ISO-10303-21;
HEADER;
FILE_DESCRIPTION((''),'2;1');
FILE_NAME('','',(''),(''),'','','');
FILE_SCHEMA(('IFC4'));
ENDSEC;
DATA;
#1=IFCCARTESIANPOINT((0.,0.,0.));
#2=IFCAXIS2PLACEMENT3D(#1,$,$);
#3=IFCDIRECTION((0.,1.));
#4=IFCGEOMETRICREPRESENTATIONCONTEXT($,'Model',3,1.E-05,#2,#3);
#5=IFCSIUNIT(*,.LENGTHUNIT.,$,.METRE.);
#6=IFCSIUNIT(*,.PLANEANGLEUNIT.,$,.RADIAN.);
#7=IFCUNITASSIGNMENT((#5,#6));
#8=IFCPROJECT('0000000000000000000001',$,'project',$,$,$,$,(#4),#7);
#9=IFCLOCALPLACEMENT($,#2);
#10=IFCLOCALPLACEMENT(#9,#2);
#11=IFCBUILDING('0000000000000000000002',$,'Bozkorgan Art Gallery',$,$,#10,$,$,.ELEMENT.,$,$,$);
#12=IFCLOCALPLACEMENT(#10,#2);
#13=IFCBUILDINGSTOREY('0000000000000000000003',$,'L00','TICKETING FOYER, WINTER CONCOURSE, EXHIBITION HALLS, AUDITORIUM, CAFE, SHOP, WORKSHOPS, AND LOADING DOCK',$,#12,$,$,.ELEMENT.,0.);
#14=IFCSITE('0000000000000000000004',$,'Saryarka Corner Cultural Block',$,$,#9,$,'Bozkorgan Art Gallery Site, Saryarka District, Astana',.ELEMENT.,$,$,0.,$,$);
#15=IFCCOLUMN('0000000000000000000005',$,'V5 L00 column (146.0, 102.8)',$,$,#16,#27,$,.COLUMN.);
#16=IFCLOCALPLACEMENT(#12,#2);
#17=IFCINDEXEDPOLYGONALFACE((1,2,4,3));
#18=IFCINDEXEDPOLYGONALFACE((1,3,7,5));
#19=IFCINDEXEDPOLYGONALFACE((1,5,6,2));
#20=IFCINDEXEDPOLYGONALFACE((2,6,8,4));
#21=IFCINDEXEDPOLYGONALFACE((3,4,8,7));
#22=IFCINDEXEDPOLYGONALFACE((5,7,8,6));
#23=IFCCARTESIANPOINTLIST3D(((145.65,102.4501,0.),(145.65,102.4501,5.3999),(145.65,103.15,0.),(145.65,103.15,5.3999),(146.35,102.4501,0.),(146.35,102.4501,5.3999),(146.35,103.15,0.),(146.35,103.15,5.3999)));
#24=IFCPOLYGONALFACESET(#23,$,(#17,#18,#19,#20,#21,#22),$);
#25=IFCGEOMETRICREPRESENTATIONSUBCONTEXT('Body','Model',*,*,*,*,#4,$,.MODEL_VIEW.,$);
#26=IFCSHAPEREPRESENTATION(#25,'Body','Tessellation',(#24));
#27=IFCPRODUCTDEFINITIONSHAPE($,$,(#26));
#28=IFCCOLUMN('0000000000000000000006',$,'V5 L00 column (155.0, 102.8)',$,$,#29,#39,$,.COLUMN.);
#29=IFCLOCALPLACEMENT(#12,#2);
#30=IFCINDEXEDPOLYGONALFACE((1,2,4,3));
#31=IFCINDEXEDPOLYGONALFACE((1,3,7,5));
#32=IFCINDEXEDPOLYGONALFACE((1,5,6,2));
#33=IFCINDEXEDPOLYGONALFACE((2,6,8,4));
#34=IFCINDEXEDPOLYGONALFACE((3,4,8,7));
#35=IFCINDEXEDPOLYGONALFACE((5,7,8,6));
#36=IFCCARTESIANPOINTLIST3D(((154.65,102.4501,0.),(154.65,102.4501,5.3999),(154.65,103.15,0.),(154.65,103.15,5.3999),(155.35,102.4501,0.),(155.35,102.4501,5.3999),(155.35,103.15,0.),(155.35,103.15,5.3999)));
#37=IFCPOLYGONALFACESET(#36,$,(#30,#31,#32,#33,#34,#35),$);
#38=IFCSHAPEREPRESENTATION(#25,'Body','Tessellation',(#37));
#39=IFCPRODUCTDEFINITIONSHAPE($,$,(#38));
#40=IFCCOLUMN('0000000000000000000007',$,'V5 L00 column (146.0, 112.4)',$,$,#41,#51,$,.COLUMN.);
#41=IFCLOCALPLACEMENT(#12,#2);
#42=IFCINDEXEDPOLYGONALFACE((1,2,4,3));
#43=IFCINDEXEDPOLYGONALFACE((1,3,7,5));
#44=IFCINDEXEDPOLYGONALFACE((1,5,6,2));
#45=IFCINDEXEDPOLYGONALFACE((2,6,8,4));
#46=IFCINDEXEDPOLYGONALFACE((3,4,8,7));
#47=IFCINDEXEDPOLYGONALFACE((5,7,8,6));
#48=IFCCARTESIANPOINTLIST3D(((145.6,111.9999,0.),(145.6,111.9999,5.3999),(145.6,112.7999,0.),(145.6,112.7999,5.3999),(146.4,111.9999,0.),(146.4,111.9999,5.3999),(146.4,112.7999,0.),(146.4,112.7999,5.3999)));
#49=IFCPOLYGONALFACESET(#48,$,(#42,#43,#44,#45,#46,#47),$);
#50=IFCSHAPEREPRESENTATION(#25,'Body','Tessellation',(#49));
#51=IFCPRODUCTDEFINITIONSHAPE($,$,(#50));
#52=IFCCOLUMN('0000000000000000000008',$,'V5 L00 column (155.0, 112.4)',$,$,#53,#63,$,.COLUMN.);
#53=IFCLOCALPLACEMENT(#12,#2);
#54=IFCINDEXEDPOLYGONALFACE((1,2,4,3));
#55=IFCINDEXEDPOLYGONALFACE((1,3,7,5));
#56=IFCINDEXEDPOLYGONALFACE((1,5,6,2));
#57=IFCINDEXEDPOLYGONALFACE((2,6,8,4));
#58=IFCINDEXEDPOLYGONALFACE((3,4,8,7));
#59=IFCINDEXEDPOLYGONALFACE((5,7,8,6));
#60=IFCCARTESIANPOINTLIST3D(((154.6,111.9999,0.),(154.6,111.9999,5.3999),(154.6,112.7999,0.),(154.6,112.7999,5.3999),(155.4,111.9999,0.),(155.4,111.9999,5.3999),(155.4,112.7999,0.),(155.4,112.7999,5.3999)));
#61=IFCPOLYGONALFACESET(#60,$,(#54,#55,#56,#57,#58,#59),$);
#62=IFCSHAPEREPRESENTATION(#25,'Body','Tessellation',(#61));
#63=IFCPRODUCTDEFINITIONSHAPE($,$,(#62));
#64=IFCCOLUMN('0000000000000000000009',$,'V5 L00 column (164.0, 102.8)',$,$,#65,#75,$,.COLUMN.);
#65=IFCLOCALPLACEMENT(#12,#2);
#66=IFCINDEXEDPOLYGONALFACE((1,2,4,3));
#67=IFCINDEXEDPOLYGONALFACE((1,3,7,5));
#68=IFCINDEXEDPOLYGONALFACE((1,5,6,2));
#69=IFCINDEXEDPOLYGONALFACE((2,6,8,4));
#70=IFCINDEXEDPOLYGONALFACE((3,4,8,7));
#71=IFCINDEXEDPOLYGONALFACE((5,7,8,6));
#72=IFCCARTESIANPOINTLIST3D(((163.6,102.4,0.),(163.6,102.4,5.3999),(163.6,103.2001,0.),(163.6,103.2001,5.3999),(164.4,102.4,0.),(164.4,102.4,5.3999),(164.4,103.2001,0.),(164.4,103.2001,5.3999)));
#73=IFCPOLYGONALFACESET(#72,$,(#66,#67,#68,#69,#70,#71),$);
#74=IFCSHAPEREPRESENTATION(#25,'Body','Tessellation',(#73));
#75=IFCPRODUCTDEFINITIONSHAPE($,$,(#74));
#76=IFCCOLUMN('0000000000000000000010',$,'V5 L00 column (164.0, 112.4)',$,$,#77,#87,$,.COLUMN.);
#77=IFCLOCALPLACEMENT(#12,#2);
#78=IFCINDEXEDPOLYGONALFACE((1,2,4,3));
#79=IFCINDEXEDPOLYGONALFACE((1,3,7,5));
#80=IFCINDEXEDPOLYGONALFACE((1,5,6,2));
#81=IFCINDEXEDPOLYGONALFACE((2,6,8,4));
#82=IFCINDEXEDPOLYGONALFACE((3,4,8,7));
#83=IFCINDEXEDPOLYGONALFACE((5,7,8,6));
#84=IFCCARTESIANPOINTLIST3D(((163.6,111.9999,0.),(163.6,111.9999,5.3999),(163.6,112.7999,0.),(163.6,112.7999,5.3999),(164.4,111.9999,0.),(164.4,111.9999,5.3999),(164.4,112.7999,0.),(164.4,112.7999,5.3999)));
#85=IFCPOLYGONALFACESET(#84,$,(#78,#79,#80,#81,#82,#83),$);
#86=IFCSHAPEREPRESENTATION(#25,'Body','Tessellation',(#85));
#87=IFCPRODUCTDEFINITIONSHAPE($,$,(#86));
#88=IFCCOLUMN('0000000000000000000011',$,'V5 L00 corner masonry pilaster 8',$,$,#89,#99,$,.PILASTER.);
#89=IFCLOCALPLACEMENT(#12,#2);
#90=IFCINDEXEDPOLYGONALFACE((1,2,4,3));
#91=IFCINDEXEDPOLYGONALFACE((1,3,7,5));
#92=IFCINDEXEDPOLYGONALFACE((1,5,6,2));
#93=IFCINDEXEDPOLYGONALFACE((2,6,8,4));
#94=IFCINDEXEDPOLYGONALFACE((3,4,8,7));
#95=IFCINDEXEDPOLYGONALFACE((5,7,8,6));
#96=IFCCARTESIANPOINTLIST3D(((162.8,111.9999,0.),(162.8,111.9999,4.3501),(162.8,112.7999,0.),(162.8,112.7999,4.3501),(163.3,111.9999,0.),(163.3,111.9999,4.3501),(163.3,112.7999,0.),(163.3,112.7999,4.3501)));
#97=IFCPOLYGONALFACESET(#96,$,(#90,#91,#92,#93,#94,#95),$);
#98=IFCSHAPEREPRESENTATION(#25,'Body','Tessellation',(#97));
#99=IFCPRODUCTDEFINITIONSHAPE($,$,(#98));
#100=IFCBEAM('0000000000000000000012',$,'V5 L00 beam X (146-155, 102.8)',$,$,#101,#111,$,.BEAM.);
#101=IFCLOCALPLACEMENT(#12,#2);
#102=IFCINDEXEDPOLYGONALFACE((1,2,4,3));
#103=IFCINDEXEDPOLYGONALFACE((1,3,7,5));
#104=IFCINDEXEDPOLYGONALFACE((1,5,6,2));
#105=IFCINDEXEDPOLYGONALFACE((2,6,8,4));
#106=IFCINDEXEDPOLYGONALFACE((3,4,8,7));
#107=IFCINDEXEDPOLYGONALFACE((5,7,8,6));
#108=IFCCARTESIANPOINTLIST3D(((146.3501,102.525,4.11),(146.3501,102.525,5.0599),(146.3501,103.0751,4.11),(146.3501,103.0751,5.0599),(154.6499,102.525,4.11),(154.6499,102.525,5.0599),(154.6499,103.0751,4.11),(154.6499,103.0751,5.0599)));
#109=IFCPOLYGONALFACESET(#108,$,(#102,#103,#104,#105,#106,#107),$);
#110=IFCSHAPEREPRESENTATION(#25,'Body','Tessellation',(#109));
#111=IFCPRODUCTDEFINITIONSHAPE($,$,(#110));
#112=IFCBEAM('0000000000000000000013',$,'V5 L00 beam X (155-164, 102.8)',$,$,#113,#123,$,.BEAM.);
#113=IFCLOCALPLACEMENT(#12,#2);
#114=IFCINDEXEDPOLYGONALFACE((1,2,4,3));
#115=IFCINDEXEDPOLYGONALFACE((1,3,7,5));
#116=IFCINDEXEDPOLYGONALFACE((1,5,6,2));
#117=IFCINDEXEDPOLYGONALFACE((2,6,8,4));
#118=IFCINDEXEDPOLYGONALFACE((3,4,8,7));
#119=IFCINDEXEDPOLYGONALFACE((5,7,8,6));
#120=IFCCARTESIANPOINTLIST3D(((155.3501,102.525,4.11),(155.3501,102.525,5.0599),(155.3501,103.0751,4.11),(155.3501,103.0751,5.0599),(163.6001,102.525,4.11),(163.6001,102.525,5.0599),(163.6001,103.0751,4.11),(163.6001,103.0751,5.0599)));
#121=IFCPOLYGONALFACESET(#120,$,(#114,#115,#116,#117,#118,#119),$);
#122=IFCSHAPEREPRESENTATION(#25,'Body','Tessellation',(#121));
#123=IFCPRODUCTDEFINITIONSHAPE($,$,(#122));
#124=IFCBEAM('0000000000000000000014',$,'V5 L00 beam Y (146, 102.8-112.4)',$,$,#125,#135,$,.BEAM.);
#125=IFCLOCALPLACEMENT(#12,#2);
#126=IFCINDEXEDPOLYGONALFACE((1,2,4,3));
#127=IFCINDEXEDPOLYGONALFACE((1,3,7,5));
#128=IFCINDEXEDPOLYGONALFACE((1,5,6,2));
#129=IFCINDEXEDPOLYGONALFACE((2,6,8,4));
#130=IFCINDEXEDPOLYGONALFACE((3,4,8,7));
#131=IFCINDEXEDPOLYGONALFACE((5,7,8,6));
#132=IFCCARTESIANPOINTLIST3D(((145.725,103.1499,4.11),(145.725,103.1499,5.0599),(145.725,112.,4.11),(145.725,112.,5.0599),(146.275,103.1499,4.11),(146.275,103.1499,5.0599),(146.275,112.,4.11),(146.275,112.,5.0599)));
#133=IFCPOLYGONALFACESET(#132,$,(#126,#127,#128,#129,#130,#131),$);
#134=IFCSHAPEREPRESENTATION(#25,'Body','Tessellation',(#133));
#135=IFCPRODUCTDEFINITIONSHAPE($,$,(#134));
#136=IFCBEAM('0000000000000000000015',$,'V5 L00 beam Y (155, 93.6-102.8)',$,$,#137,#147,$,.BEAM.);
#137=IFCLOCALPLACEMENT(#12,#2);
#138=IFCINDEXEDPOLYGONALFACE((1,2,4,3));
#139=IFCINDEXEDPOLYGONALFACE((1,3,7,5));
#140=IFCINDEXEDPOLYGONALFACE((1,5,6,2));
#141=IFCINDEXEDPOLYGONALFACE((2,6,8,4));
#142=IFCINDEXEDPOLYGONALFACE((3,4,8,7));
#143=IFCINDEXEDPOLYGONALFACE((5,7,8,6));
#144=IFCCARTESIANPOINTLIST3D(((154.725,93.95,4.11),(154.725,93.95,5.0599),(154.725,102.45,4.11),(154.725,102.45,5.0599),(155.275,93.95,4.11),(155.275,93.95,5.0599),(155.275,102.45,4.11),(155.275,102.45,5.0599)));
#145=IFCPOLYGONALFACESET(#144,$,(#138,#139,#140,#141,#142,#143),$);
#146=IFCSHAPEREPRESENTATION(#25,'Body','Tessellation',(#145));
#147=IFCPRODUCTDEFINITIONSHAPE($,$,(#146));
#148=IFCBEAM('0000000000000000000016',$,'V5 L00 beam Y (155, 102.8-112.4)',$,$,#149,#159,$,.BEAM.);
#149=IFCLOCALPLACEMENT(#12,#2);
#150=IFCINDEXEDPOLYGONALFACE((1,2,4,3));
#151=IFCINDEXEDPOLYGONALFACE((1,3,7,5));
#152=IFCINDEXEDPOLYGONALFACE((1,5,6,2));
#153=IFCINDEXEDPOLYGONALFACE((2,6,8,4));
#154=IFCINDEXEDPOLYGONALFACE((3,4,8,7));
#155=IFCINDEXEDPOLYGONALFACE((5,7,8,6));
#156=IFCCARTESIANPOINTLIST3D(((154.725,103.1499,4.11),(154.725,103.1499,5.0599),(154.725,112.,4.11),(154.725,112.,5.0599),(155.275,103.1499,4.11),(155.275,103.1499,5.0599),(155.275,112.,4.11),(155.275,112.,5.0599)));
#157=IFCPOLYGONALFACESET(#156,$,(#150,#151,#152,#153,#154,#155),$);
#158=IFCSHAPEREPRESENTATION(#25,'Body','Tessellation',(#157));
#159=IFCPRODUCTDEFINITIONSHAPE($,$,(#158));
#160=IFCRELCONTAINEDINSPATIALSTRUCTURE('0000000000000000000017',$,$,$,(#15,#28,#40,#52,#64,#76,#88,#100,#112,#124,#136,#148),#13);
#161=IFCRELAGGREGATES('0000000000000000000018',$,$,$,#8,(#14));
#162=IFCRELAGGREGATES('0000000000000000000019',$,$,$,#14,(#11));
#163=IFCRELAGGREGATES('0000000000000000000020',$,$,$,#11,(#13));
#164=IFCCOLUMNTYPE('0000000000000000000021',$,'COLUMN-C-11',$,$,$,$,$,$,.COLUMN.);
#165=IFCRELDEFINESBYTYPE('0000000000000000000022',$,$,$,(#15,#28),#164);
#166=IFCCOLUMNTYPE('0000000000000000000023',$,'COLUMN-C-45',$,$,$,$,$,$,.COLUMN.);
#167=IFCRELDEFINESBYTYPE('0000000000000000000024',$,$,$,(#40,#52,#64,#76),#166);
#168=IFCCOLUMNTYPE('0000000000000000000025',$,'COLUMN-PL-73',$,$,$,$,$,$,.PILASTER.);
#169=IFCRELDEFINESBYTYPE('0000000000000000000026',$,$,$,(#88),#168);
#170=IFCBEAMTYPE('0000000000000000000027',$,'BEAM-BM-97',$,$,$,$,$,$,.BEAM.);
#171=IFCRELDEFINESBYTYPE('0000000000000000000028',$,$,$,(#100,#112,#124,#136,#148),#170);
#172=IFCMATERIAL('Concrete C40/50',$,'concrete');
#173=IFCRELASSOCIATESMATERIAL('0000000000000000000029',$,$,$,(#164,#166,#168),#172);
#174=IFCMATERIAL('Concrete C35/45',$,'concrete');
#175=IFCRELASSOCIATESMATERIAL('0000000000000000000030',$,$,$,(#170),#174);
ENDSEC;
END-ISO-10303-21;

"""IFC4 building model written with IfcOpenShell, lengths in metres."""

from ifc_helpers import new_model, si_unit, direction, frame, origin, origin_2d, place, context, subcontext, project, spatial, rectangle, extrude, material, material_profile, profile_set, type_object, element, save


model = new_model("IFC4")

# Units and contexts
model_context = context("Model", 3, precision=1e-05, world=origin(), true_north=direction((0.0, 1.0)))
body_context = subcontext(model_context, "Body", "Model", "MODEL_VIEW")
ifc_project = project(units=[si_unit("LENGTHUNIT", "METRE"), si_unit("PLANEANGLEUNIT", "RADIAN")], contexts=[model_context])

# Site, building, storey
site_placement = place(None, origin())
site = spatial("IfcSite", under=ifc_project, at=site_placement, Name="Saryarka Corner Cultural Block", LongName="Bozkorgan Art Gallery Site, Saryarka District, Astana", CompositionType="ELEMENT", RefElevation=0.0)
building_placement = place(site_placement, origin())
building = spatial("IfcBuilding", under=site, at=building_placement, Name="Bozkorgan Art Gallery", CompositionType="ELEMENT")
storey_placement = place(building_placement, origin())
storey = spatial("IfcBuildingStorey", under=building, at=storey_placement, Name="L00", Description="TICKETING FOYER, WINTER CONCOURSE, EXHIBITION HALLS, AUDITORIUM, CAFE, SHOP, WORKSHOPS, AND LOADING DOCK", CompositionType="ELEMENT", Elevation=0.0)

# Columns
ifc_material_1 = material(Name="Concrete C40/50", Category="concrete")
ifc_material_profile_1 = material_profile(ifc_material_1, rectangle(XDim=0.7, YDim=0.7, at=origin_2d()), Name="RC 700x700")
ifc_profile_set_1 = profile_set([ifc_material_profile_1], Name="Concrete C40/50")
column_type_1 = type_object("IfcColumnType", Name="COLUMN-C-11", PredefinedType="COLUMN", material=ifc_profile_set_1)
for number, where, z_axis, x_axis, name in (
    (1, (146.0, 102.8, 0.0), (0.0, 0.0, 1.0), (1.0, 0.0, 0.0), "V5 L00 column (146.0, 102.8)"),
    (2, (155.0, 102.8, 0.0), (0.0, 0.0, 1.0), (1.0, 0.0, 0.0), "V5 L00 column (155.0, 102.8)"),
):
    element("IfcColumn", number, at=place(storey_placement, frame(where, z_axis=z_axis, x_axis=x_axis)), inside=storey, type_object=column_type_1, Name=name, PredefinedType="COLUMN", context=body_context, shape_type="SweptSolid", body=[
        extrude(rectangle(XDim=0.7, YDim=0.7, at=origin_2d()), origin(), (0.0, 0.0, 1.0), 5.3999),
    ])
ifc_material_profile_2 = material_profile(ifc_material_1, rectangle(XDim=0.8, YDim=0.8, at=origin_2d()), Name="RC 800x800")
ifc_profile_set_2 = profile_set([ifc_material_profile_2], Name="Concrete C40/50")
column_type_2 = type_object("IfcColumnType", Name="COLUMN-C-45", PredefinedType="COLUMN", material=ifc_profile_set_2)
for number, where, z_axis, x_axis, name in (
    (3, (146.0, 112.3999, 0.0), (0.0, 0.0, 1.0), (1.0, 0.0, 0.0), "V5 L00 column (146.0, 112.4)"),
    (4, (155.0, 112.3999, 0.0), (0.0, 0.0, 1.0), (1.0, 0.0, 0.0), "V5 L00 column (155.0, 112.4)"),
    (5, (164.0, 102.8, 0.0), (0.0, 0.0, 1.0), (1.0, 0.0, 0.0), "V5 L00 column (164.0, 102.8)"),
    (6, (164.0, 112.3999, 0.0), (0.0, 0.0, 1.0), (1.0, 0.0, 0.0), "V5 L00 column (164.0, 112.4)"),
):
    element("IfcColumn", number, at=place(storey_placement, frame(where, z_axis=z_axis, x_axis=x_axis)), inside=storey, type_object=column_type_2, Name=name, PredefinedType="COLUMN", context=body_context, shape_type="SweptSolid", body=[
        extrude(rectangle(XDim=0.8, YDim=0.8, at=origin_2d()), origin(), (0.0, 0.0, 1.0), 5.3999),
    ])
ifc_material_profile_3 = material_profile(ifc_material_1, rectangle(XDim=0.5, YDim=0.8, at=origin_2d()), Name="RC 500x800")
ifc_profile_set_3 = profile_set([ifc_material_profile_3], Name="Concrete C40/50")
column_type_3 = type_object("IfcColumnType", Name="COLUMN-PL-73", PredefinedType="PILASTER", material=ifc_profile_set_3)
column_placement = place(storey_placement, frame((163.05, 112.3999, 0.0), z_axis=(0.0, 0.0, 1.0), x_axis=(1.0, 0.0, 0.0)))
element("IfcColumn", 7, at=column_placement, inside=storey, type_object=column_type_3, Name="V5 L00 corner masonry pilaster 8", PredefinedType="PILASTER", context=body_context, shape_type="SweptSolid", body=[
    extrude(rectangle(XDim=0.5, YDim=0.8, at=origin_2d()), origin(), (0.0, 0.0, 1.0), 4.3501),
])

# Beams
ifc_material_2 = material(Name="Concrete C35/45", Category="concrete")
ifc_material_profile_4 = material_profile(ifc_material_2, rectangle(XDim=0.55, YDim=0.95, at=origin_2d()), Name="RC 550x950")
ifc_profile_set_4 = profile_set([ifc_material_profile_4], Name="Concrete C35/45")
beam_type_1 = type_object("IfcBeamType", Name="BEAM-BM-97", PredefinedType="BEAM", material=ifc_profile_set_4)
beam_1_placement = place(storey_placement, frame((146.3501, 102.8, 4.585), z_axis=(1.0, 0.0, 0.0), x_axis=(0.0, 1.0, 0.0)))
element("IfcBeam", 8, at=beam_1_placement, inside=storey, type_object=beam_type_1, Name="V5 L00 beam X (146-155, 102.8)", PredefinedType="BEAM", context=body_context, shape_type="SweptSolid", body=[
    extrude(rectangle(XDim=0.55, YDim=0.95, at=origin_2d()), origin(), (0.0, 0.0, 1.0), 8.2998),
])
beam_2_placement = place(storey_placement, frame((155.3501, 102.8, 4.585), z_axis=(1.0, 0.0, 0.0), x_axis=(0.0, 1.0, 0.0)))
element("IfcBeam", 9, at=beam_2_placement, inside=storey, type_object=beam_type_1, Name="V5 L00 beam X (155-164, 102.8)", PredefinedType="BEAM", context=body_context, shape_type="SweptSolid", body=[
    extrude(rectangle(XDim=0.55, YDim=0.95, at=origin_2d()), origin(), (0.0, 0.0, 1.0), 8.25),
])
beam_3_placement = place(storey_placement, frame((146.0, 103.1499, 4.585), z_axis=(0.0, 1.0, 0.0), x_axis=(-1.0, 0.0, 0.0)))
element("IfcBeam", 10, at=beam_3_placement, inside=storey, type_object=beam_type_1, Name="V5 L00 beam Y (146, 102.8-112.4)", PredefinedType="BEAM", context=body_context, shape_type="SweptSolid", body=[
    extrude(rectangle(XDim=0.55, YDim=0.95, at=origin_2d()), origin(), (0.0, 0.0, 1.0), 8.8501),
])
beam_4_placement = place(storey_placement, frame((155.0, 93.95, 4.585), z_axis=(0.0, 1.0, 0.0), x_axis=(-1.0, 0.0, 0.0)))
element("IfcBeam", 11, at=beam_4_placement, inside=storey, type_object=beam_type_1, Name="V5 L00 beam Y (155, 93.6-102.8)", PredefinedType="BEAM", context=body_context, shape_type="SweptSolid", body=[
    extrude(rectangle(XDim=0.55, YDim=0.95, at=origin_2d()), origin(), (0.0, 0.0, 1.0), 8.5),
])
beam_5_placement = place(storey_placement, frame((155.0, 103.1499, 4.585), z_axis=(0.0, 1.0, 0.0), x_axis=(-1.0, 0.0, 0.0)))
element("IfcBeam", 12, at=beam_5_placement, inside=storey, type_object=beam_type_1, Name="V5 L00 beam Y (155, 102.8-112.4)", PredefinedType="BEAM", context=body_context, shape_type="SweptSolid", body=[
    extrude(rectangle(XDim=0.55, YDim=0.95, at=origin_2d()), origin(), (0.0, 0.0, 1.0), 8.8501),
])

save(model, "model.ifc")
